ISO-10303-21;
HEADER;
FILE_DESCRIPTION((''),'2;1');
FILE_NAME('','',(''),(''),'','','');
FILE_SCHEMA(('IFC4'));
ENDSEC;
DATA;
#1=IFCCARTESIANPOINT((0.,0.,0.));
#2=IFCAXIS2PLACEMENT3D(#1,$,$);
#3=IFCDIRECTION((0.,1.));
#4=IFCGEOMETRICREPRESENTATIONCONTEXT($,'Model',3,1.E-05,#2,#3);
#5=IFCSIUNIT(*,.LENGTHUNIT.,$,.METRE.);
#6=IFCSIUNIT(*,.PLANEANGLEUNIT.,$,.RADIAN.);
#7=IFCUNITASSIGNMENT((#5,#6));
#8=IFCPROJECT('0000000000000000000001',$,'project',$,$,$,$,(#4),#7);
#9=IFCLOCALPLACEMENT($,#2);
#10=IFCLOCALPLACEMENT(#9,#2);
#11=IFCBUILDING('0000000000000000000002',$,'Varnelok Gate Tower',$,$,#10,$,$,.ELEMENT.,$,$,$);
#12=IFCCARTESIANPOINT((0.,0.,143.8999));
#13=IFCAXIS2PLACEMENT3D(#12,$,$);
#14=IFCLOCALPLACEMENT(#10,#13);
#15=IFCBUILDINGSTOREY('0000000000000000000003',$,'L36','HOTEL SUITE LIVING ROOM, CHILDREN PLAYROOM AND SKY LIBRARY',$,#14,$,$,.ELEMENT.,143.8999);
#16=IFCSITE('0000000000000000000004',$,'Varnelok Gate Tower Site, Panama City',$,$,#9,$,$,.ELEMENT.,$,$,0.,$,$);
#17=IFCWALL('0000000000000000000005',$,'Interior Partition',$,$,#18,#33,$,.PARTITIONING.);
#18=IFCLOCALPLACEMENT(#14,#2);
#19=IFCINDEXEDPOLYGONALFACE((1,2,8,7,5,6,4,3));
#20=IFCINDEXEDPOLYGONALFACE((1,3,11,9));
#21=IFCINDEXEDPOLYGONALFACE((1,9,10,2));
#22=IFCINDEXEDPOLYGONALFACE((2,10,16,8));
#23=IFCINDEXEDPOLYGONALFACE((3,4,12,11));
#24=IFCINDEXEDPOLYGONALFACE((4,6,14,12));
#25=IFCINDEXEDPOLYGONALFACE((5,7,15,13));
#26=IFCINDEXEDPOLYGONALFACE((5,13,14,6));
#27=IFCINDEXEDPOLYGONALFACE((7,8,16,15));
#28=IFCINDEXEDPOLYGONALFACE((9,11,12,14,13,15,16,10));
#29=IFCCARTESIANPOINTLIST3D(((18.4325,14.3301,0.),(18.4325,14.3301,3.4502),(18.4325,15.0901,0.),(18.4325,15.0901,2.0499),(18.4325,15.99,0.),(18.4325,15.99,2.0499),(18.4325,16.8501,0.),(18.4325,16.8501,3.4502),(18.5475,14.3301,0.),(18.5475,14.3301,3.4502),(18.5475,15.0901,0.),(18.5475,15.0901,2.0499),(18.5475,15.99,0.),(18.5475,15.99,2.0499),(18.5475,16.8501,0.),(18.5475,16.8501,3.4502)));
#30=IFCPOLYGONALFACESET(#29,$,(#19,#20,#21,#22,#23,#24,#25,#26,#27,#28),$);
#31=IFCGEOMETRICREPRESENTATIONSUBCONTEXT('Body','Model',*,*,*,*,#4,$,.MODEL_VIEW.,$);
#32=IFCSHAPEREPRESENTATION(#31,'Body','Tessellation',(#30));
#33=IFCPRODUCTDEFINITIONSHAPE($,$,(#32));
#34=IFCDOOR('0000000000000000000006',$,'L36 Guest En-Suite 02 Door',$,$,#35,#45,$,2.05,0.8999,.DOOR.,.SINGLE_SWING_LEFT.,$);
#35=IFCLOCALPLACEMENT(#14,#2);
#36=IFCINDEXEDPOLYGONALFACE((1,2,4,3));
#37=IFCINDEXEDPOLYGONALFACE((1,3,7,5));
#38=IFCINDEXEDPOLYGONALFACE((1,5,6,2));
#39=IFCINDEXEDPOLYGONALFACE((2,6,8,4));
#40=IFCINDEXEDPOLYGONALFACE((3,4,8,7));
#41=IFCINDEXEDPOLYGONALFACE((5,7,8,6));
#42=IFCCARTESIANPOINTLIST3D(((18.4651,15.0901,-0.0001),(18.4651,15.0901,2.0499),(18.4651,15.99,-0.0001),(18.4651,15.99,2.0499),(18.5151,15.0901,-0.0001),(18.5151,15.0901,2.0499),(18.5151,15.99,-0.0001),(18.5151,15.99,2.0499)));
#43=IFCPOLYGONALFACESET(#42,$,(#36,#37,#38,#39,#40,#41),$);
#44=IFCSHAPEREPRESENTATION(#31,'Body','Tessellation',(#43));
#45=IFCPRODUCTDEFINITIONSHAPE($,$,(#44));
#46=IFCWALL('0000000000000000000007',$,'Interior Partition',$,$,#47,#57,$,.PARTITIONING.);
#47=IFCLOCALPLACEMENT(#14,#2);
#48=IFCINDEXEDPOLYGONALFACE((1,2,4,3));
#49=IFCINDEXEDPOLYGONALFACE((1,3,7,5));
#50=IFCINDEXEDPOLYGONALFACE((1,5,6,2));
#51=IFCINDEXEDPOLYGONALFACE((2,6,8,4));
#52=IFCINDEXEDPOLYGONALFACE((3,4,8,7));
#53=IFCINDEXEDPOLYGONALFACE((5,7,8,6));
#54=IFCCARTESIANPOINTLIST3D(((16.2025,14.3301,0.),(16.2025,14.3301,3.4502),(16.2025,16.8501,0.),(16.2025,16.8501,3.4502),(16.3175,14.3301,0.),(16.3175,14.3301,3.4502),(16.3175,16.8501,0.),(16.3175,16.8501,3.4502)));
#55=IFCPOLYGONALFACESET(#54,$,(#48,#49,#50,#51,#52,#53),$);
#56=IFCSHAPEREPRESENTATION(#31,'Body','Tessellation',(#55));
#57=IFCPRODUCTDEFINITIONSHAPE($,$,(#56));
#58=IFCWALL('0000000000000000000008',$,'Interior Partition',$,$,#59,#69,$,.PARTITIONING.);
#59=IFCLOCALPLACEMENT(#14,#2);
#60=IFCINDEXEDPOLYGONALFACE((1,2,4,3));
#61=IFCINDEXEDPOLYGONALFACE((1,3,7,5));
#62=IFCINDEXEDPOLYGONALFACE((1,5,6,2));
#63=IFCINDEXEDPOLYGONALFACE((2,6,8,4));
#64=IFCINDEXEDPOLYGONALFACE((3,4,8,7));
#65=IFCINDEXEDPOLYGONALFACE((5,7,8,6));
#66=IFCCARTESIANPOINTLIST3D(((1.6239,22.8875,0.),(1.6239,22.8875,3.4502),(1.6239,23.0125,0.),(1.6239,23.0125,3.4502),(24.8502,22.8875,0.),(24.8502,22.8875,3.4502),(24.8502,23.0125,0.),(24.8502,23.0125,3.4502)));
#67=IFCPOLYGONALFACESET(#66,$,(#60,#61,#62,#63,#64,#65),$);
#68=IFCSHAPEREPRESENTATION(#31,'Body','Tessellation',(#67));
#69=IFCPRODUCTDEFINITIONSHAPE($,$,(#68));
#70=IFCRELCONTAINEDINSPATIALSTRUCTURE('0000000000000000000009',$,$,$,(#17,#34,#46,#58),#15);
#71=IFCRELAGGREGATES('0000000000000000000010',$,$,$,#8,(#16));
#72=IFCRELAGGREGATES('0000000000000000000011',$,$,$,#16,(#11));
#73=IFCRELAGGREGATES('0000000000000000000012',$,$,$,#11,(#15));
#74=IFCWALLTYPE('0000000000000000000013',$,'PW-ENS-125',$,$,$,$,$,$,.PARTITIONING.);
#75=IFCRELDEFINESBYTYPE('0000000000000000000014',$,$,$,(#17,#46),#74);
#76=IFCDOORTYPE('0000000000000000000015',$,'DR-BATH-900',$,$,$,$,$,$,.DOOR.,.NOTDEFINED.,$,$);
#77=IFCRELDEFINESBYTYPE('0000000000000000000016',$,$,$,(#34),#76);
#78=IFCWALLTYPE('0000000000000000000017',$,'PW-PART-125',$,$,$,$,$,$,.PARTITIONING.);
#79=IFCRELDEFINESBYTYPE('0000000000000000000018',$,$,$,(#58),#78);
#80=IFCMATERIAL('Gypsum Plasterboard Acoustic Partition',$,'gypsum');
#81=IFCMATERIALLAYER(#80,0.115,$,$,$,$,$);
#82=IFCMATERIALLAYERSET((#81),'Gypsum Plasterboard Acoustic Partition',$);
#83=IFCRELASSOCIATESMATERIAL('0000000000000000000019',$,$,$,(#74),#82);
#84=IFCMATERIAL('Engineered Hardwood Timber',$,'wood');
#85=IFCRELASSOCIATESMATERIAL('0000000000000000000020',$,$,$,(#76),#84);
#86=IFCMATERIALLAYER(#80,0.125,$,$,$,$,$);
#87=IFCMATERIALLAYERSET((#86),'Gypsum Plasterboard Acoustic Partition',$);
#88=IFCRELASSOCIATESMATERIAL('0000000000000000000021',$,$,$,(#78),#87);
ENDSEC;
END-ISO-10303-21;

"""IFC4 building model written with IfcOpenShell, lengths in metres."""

from ifc_helpers import new_model, si_unit, direction, frame, frame_2d, origin, place, context, subcontext, project, spatial, rectangle, extrude, material, layer, layer_set, type_object, element, fill, save


model = new_model("IFC4")

# Units and contexts
model_context = context("Model", 3, precision=1e-05, world=origin(), true_north=direction((0.0, 1.0)))
body_context = subcontext(model_context, "Body", "Model", "MODEL_VIEW")
ifc_project = project(units=[si_unit("LENGTHUNIT", "METRE"), si_unit("PLANEANGLEUNIT", "RADIAN")], contexts=[model_context])

# Site, building, storey
site_placement = place(None, origin())
site = spatial("IfcSite", under=ifc_project, at=site_placement, Name="Varnelok Gate Tower Site, Panama City", CompositionType="ELEMENT", RefElevation=0.0)
building_placement = place(site_placement, origin())
building = spatial("IfcBuilding", under=site, at=building_placement, Name="Varnelok Gate Tower", CompositionType="ELEMENT")
storey_placement = place(building_placement, frame((0.0, 0.0, 143.8999)))
storey = spatial("IfcBuildingStorey", under=building, at=storey_placement, Name="L36", Description="HOTEL SUITE LIVING ROOM, CHILDREN PLAYROOM AND SKY LIBRARY", CompositionType="ELEMENT", Elevation=143.8999)

# Shared definitions
ifc_material_1 = material(Name="Gypsum Plasterboard Acoustic Partition", Category="gypsum")
ifc_material_2 = material(Name="Engineered Hardwood Timber", Category="wood")

# Shared definitions
ifc_layer_1 = layer(ifc_material_1, 0.115)
ifc_layer_set_1 = layer_set([ifc_layer_1], Name="Gypsum Plasterboard Acoustic Partition")
wall_type_1 = type_object("IfcWallType", Name="PW-ENS-125", PredefinedType="PARTITIONING", material=ifc_layer_set_1)

# Shared definitions
door_type_1 = type_object("IfcDoorType", Name="DR-BATH-900", OperationType="NOTDEFINED", PredefinedType="DOOR", material=ifc_material_2)

# Wall, opening, door
wall_1_placement = place(storey_placement, frame((18.49, 14.3301, 0.0), z_axis=(0.0, 0.0, 1.0), x_axis=(0.0, 1.0, 0.0)))
wall_1 = element("IfcWall", 1, at=wall_1_placement, inside=storey, type_object=wall_type_1, Name="Interior Partition", PredefinedType="PARTITIONING", context=body_context, shape_type="SweptSolid", body=[
    extrude(rectangle(XDim=2.52, YDim=0.115, at=frame_2d((1.26, 0.0))), origin(), (0.0, 0.0, 1.0), 3.4502),
])
opening_1_placement = place(wall_1_placement, frame((0.76, 0.0, 0.0)))
opening_1 = element("IfcOpeningElement", 2, at=opening_1_placement, cuts=wall_1, PredefinedType="OPENING", context=body_context, shape_type="SweptSolid", body=[
    extrude(rectangle(XDim=0.8999, YDim=2.05, at=frame_2d((0.45, 1.0249))), frame((0.0, 0.0674, 0.0), z_axis=(0.0, -1.0, 0.0), x_axis=(1.0, 0.0, 0.0)), (0.0, 0.0, 1.0), 0.135),
])
door_1_placement = place(opening_1_placement, origin())
door_1 = element("IfcDoor", 3, at=door_1_placement, inside=storey, type_object=door_type_1, Name="L36 Guest En-Suite 02 Door", OperationType="SINGLE_SWING_LEFT", OverallHeight=2.05, OverallWidth=0.8999, PredefinedType="DOOR", context=body_context, shape_type="SweptSolid", body=[
    extrude(rectangle(XDim=0.8999, YDim=2.05, at=frame_2d((0.45, 1.0249))), frame((0.0, 0.0249, 0.0), z_axis=(0.0, -1.0, 0.0), x_axis=(1.0, 0.0, 0.0)), (0.0, 0.0, 1.0), 0.05),
])
fill(opening_1, door_1)

# Walls
wall_2_placement = place(storey_placement, frame((16.26, 14.3301, 0.0), z_axis=(0.0, 0.0, 1.0), x_axis=(0.0, 1.0, 0.0)))
element("IfcWall", 4, at=wall_2_placement, inside=storey, type_object=wall_type_1, Name="Interior Partition", PredefinedType="PARTITIONING", context=body_context, shape_type="SweptSolid", body=[
    extrude(rectangle(XDim=2.52, YDim=0.115, at=frame_2d((1.26, 0.0))), origin(), (0.0, 0.0, 1.0), 3.4502),
])
ifc_layer_2 = layer(ifc_material_1, 0.125)
ifc_layer_set_2 = layer_set([ifc_layer_2], Name="Gypsum Plasterboard Acoustic Partition")
wall_type_2 = type_object("IfcWallType", Name="PW-PART-125", PredefinedType="PARTITIONING", material=ifc_layer_set_2)
wall_3_placement = place(storey_placement, frame((1.6238, 22.95, 0.0), z_axis=(0.0, 0.0, 1.0), x_axis=(1.0, 0.0, 0.0)))
element("IfcWall", 5, at=wall_3_placement, inside=storey, type_object=wall_type_2, Name="Interior Partition", PredefinedType="PARTITIONING", context=body_context, shape_type="SweptSolid", body=[
    extrude(rectangle(XDim=23.2263, YDim=0.125, at=frame_2d((11.6133, 0.0))), origin(), (0.0, 0.0, 1.0), 3.4502),
])

save(model, "model.ifc")
